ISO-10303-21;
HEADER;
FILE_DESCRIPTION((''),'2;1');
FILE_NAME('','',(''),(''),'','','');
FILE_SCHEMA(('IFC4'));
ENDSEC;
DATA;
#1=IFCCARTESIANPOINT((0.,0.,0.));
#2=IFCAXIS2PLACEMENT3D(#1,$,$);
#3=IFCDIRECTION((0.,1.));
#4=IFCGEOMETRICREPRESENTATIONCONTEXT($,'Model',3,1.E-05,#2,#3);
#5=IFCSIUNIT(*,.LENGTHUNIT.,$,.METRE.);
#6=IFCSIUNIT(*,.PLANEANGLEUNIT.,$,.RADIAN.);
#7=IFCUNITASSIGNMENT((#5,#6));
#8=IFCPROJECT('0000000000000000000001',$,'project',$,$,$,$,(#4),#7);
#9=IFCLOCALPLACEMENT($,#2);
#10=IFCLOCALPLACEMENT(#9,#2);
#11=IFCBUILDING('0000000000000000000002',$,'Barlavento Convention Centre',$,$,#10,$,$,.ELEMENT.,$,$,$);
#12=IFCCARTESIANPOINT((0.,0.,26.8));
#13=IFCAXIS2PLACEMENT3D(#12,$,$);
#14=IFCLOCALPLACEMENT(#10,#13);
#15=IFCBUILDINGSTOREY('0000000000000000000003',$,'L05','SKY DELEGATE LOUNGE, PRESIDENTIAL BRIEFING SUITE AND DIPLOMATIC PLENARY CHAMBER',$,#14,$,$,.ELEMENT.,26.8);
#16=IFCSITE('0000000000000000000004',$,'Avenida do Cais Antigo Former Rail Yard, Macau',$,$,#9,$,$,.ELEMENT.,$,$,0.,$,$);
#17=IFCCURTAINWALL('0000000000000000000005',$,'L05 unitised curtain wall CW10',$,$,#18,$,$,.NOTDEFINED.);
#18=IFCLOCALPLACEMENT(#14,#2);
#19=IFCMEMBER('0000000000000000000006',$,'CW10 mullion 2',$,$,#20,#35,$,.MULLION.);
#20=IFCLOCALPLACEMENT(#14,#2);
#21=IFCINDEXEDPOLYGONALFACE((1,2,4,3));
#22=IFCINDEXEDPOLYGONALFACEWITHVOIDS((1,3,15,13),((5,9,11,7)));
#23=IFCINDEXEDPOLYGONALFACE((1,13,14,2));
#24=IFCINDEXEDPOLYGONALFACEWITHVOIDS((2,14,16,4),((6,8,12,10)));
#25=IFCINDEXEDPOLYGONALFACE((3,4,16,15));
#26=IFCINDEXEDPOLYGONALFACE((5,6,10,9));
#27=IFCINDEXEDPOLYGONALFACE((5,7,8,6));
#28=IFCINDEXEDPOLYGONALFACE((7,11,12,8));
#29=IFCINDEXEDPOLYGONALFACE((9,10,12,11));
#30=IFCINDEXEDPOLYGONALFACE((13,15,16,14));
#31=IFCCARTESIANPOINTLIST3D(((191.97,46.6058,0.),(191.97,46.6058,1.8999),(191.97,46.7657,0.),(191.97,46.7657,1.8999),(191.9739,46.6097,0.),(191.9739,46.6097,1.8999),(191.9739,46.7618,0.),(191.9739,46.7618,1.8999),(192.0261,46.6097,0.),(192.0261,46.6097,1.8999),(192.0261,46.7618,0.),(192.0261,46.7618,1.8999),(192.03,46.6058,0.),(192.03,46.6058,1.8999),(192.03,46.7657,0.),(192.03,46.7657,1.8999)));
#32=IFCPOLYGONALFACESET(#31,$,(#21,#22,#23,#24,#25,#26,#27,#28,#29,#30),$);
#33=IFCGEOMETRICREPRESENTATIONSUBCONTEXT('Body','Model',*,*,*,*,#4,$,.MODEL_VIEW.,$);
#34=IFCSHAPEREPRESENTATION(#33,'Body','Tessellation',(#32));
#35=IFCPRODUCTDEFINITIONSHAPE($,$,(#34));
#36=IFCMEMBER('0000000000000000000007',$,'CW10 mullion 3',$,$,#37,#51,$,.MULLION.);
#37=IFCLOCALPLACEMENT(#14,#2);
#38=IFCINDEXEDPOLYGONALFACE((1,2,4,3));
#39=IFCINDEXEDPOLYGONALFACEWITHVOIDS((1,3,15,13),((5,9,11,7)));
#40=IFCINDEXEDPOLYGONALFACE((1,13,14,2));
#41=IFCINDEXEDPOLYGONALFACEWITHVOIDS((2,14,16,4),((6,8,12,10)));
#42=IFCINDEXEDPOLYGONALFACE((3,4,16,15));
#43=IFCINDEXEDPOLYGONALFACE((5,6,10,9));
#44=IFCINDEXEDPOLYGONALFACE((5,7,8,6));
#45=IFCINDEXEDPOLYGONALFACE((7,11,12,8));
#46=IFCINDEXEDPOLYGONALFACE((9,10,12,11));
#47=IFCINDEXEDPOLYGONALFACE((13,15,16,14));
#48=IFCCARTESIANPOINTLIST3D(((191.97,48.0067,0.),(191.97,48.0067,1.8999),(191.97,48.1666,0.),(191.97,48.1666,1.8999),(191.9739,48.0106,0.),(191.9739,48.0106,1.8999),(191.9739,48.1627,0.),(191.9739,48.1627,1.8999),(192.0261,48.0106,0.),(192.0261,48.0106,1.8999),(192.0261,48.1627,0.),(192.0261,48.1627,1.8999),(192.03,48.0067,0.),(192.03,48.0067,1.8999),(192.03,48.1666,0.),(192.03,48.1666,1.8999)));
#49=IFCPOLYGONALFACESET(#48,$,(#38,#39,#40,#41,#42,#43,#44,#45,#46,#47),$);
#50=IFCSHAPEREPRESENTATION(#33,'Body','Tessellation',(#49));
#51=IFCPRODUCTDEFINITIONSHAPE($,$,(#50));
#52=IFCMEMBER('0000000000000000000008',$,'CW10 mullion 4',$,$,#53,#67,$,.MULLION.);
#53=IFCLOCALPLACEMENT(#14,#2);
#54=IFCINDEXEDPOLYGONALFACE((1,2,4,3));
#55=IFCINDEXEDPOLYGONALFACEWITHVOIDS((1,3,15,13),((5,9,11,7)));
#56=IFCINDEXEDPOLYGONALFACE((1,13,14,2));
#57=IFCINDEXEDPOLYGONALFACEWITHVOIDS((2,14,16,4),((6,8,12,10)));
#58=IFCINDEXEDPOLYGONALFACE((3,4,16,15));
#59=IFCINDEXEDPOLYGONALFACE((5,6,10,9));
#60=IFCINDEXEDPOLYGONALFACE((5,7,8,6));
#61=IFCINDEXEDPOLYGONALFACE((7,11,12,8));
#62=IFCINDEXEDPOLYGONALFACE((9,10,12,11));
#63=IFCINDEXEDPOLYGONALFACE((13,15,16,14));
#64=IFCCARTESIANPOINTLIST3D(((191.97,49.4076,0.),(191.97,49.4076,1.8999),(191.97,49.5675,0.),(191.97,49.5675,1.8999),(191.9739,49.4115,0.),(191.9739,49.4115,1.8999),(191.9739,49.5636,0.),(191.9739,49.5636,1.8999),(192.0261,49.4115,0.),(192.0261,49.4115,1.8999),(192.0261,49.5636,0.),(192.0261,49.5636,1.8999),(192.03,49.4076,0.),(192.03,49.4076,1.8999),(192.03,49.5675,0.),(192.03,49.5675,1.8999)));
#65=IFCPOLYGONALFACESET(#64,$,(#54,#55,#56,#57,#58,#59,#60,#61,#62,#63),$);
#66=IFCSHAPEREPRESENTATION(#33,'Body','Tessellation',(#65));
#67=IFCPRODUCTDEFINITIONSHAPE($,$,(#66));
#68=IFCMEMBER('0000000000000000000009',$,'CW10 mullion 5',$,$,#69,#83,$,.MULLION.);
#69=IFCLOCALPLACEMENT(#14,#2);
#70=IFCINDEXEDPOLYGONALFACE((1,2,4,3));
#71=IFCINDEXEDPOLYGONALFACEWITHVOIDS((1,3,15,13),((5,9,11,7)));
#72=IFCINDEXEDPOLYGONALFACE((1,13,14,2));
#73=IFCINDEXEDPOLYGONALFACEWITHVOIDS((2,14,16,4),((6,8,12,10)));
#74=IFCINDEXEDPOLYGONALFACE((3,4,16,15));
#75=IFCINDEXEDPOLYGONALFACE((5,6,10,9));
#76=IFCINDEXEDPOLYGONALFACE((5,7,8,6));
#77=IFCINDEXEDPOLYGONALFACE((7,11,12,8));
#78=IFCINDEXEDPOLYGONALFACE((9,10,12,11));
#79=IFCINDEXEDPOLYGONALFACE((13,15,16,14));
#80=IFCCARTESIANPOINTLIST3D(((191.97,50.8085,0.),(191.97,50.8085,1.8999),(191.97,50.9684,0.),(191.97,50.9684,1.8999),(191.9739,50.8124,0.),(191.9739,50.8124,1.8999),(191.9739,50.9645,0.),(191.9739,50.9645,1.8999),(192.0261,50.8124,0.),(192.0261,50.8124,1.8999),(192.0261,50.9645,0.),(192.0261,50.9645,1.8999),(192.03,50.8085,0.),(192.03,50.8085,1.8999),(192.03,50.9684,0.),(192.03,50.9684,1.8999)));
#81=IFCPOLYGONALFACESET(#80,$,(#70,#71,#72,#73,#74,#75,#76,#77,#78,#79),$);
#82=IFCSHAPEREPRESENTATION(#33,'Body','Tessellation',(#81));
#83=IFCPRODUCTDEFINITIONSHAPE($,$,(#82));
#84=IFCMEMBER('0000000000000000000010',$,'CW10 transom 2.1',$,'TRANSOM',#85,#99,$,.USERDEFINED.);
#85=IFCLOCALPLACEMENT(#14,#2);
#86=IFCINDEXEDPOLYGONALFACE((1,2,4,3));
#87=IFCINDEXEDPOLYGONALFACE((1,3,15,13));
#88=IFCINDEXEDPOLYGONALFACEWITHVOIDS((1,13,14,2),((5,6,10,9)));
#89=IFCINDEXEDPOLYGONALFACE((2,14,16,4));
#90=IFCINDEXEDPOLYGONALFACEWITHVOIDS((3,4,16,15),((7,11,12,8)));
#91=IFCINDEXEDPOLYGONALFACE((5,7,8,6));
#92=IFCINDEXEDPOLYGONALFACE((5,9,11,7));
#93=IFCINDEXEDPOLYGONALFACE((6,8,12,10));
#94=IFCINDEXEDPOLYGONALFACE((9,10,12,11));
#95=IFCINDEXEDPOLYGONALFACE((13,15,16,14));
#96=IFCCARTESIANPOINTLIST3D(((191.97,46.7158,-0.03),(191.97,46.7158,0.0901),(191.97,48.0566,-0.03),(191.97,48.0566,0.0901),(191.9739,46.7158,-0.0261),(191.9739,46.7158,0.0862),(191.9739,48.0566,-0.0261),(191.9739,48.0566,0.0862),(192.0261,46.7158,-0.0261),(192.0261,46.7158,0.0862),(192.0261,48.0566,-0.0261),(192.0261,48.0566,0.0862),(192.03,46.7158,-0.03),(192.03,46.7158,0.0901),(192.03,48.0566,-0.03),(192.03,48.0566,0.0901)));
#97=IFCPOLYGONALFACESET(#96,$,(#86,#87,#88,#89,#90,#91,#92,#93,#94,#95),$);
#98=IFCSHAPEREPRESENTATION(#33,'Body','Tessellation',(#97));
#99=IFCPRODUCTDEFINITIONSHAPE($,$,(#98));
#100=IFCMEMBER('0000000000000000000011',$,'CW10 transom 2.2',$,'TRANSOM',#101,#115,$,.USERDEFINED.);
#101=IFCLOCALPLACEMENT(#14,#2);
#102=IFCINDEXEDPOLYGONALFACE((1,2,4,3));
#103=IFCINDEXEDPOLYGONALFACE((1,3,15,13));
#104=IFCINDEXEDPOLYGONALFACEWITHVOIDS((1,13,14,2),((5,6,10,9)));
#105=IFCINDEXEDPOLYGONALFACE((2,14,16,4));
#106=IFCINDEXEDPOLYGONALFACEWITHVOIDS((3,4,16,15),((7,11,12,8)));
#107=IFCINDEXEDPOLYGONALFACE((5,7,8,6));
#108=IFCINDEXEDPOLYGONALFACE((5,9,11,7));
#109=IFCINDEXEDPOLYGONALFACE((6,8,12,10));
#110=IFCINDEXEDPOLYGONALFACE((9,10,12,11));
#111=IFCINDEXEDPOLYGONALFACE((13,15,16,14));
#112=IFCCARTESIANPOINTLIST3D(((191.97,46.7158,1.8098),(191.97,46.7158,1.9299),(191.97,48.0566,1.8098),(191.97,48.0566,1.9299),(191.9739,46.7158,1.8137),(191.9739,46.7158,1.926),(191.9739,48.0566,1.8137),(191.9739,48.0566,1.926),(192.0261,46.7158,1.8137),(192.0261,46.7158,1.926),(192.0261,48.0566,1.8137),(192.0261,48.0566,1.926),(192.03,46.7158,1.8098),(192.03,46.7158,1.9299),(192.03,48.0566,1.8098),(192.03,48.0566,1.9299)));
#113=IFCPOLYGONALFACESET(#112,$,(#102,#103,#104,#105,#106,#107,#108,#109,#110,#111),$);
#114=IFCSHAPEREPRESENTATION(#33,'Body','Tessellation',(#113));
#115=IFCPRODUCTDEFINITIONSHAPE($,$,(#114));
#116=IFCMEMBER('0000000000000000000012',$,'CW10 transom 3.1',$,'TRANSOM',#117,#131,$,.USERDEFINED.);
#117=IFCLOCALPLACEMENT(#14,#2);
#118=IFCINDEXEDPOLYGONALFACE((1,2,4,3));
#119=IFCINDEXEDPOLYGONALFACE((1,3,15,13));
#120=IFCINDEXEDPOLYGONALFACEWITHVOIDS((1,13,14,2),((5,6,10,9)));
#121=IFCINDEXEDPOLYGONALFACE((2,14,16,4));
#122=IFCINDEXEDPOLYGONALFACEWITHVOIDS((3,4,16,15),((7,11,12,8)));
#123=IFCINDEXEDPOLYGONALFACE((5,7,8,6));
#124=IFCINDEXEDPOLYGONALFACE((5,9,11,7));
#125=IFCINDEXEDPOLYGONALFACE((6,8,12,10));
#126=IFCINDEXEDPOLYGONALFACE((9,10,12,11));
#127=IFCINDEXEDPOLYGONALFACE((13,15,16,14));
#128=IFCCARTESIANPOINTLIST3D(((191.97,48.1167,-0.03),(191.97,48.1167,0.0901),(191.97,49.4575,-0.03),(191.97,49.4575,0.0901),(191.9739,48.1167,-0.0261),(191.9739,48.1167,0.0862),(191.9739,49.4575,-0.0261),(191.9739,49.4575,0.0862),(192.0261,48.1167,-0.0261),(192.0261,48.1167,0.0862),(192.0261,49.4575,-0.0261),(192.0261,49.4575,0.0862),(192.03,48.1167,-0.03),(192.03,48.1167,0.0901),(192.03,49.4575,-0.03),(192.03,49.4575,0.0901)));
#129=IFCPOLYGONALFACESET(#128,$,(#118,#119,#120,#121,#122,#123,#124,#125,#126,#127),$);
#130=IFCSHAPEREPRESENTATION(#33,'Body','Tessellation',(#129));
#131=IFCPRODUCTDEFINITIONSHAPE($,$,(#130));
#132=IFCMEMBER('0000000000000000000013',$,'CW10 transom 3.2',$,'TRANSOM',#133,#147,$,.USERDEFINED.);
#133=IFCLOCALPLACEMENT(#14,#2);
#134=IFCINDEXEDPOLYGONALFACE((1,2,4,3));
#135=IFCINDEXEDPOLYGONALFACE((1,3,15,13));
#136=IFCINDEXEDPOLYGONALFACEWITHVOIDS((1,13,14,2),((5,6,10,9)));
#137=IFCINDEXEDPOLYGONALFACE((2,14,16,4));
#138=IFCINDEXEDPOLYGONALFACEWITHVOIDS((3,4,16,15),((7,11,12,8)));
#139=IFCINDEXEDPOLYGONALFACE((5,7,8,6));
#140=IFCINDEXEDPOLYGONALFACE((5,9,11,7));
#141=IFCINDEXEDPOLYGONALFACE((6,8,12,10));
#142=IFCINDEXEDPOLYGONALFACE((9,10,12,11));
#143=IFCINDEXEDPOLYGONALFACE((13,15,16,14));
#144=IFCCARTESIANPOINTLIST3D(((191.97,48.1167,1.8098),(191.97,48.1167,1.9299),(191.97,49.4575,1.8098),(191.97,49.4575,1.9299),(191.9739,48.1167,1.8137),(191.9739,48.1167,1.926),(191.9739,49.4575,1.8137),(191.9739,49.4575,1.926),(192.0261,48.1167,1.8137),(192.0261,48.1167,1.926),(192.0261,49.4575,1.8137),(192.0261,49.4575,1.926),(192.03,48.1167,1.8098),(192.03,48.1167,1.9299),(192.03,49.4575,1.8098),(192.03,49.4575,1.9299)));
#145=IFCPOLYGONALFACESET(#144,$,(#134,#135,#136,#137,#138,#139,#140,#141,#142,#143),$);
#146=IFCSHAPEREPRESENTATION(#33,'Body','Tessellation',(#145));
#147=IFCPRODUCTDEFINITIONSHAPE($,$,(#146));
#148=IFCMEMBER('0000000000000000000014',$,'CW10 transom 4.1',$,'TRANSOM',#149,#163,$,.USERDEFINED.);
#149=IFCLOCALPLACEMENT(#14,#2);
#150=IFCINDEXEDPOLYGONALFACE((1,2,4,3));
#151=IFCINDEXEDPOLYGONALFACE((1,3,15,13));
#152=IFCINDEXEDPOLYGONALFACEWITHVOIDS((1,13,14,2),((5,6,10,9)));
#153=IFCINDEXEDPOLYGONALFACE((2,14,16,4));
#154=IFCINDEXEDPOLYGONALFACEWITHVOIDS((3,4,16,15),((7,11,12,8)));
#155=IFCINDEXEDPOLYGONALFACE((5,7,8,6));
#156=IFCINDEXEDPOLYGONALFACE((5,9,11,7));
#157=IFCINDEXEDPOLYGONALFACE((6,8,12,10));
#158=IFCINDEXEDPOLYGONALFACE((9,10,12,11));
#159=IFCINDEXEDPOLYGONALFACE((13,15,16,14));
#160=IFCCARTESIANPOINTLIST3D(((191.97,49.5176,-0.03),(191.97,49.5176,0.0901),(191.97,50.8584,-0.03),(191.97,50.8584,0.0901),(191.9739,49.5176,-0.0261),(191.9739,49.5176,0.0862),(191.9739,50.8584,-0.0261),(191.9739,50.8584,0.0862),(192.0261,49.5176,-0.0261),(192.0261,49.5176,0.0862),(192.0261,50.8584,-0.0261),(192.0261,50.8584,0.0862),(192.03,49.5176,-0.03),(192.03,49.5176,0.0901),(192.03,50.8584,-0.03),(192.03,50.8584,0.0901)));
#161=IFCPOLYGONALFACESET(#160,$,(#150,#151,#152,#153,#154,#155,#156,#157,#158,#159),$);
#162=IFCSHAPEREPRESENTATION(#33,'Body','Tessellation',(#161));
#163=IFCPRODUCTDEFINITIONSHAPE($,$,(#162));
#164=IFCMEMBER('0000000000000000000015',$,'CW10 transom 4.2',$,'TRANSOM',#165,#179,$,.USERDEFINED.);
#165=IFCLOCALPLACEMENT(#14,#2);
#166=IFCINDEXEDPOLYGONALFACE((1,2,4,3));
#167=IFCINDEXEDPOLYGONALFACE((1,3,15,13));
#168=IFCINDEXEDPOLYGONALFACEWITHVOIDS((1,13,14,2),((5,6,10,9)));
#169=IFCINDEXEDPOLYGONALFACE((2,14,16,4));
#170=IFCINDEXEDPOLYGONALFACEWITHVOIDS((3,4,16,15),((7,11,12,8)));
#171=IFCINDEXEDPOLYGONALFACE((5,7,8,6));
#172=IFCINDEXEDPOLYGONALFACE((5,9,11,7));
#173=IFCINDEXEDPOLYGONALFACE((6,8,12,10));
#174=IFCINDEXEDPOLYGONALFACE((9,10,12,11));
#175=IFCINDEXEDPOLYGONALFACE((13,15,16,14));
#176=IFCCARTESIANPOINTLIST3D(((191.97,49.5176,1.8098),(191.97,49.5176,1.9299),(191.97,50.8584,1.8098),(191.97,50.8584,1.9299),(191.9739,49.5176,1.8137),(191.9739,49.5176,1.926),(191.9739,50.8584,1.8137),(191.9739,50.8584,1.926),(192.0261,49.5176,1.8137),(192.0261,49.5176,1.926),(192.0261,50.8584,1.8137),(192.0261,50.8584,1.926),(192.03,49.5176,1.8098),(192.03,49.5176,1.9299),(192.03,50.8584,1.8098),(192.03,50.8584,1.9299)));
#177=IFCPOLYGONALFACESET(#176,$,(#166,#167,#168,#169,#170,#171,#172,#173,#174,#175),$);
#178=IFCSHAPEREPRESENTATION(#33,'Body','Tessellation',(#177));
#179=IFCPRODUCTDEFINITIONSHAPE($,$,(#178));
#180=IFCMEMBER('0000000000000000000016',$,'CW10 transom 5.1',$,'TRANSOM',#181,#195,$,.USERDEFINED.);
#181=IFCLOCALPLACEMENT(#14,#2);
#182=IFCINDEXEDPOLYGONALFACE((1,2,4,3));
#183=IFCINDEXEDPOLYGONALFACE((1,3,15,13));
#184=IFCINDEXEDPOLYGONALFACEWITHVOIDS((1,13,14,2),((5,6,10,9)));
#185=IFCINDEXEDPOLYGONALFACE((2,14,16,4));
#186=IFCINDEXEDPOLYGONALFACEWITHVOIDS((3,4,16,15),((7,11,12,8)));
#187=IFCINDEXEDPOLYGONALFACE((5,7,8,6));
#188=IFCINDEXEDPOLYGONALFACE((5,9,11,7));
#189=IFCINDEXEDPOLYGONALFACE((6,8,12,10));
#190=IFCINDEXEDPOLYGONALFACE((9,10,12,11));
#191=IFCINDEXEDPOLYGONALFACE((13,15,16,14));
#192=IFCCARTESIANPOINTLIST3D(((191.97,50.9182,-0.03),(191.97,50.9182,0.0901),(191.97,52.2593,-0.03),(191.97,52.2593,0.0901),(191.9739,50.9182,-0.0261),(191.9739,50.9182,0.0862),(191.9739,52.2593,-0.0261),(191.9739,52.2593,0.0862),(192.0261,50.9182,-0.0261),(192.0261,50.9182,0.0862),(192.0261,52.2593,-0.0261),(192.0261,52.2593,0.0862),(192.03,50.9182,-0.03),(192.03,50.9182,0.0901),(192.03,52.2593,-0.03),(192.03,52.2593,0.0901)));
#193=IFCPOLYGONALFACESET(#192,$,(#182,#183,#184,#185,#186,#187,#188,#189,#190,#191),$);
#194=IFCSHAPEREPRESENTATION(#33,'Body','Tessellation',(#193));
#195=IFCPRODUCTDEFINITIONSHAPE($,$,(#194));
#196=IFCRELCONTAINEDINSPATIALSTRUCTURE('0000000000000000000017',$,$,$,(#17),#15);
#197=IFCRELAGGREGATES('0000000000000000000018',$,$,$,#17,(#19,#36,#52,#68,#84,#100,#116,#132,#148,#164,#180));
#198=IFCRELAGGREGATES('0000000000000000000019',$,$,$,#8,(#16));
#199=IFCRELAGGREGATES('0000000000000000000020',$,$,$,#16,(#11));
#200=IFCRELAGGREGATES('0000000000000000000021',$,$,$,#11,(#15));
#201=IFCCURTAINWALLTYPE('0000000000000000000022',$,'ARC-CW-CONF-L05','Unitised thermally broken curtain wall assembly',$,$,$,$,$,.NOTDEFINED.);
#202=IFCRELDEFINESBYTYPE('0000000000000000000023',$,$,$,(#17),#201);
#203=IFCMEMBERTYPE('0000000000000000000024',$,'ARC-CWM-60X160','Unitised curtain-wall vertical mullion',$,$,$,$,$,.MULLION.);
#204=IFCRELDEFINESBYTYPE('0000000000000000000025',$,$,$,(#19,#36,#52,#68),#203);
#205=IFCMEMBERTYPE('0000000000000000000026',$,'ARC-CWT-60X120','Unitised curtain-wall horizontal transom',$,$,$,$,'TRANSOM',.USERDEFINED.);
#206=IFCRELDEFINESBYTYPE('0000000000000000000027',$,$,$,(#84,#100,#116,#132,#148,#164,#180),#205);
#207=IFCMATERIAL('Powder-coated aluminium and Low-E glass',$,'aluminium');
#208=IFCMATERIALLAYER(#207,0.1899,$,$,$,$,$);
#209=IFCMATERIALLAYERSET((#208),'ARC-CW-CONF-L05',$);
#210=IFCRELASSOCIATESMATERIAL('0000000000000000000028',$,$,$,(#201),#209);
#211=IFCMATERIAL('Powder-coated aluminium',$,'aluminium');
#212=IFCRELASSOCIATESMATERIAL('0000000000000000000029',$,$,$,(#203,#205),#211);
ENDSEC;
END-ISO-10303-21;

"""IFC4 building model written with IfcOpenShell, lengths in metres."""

from ifc_helpers import new_model, si_unit, direction, frame, origin, origin_2d, place, context, subcontext, project, spatial, hollow_rectangle, extrude, material, layer, layer_set, material_profile, profile_set, type_object, element, aggregate, save


model = new_model("IFC4")

# Units and contexts
model_context = context("Model", 3, precision=1e-05, world=origin(), true_north=direction((0.0, 1.0)))
body_context = subcontext(model_context, "Body", "Model", "MODEL_VIEW")
ifc_project = project(units=[si_unit("LENGTHUNIT", "METRE"), si_unit("PLANEANGLEUNIT", "RADIAN")], contexts=[model_context])

# Site, building, storey
site_placement = place(None, origin())
site = spatial("IfcSite", under=ifc_project, at=site_placement, Name="Avenida do Cais Antigo Former Rail Yard, Macau", CompositionType="ELEMENT", RefElevation=0.0)
building_placement = place(site_placement, origin())
building = spatial("IfcBuilding", under=site, at=building_placement, Name="Barlavento Convention Centre", CompositionType="ELEMENT")
storey_placement = place(building_placement, frame((0.0, 0.0, 26.8)))
storey = spatial("IfcBuildingStorey", under=building, at=storey_placement, Name="L05", Description="SKY DELEGATE LOUNGE, PRESIDENTIAL BRIEFING SUITE AND DIPLOMATIC PLENARY CHAMBER", CompositionType="ELEMENT", Elevation=26.8)

# Curtain wall, members
ifc_material_1 = material(Name="Powder-coated aluminium and Low-E glass", Category="aluminium")
ifc_layer_1 = layer(ifc_material_1, 0.1899)
ifc_layer_set_1 = layer_set([ifc_layer_1], Name="ARC-CW-CONF-L05")
curtain_wall_type = type_object("IfcCurtainWallType", Name="ARC-CW-CONF-L05", Description="Unitised thermally broken curtain wall assembly", PredefinedType="NOTDEFINED", material=ifc_layer_set_1)
curtain_wall_placement = place(storey_placement, origin())
curtain_wall = element("IfcCurtainWall", 1, at=curtain_wall_placement, inside=storey, type_object=curtain_wall_type, Name="L05 unitised curtain wall CW10", PredefinedType="NOTDEFINED")
ifc_material_2 = material(Name="Powder-coated aluminium", Category="aluminium")
ifc_material_profile_1 = material_profile(ifc_material_2, hollow_rectangle(XDim=0.0601, YDim=0.1599, WallThickness=0.0039, at=origin_2d()), Name="AL-MULL 60x160x4")
ifc_profile_set_1 = profile_set([ifc_material_profile_1], Name="Powder-coated aluminium")
member_type_1 = type_object("IfcMemberType", Name="ARC-CWM-60X160", Description="Unitised curtain-wall vertical mullion", PredefinedType="MULLION", material=ifc_profile_set_1)
member_1_placement = place(storey_placement, frame((192.0, 46.6858, 0.0), z_axis=(0.0, 0.0, 1.0), x_axis=(-1.0, 0.0, 0.0)))
member_1 = element("IfcMember", 2, at=member_1_placement, type_object=member_type_1, Name="CW10 mullion 2", PredefinedType="MULLION", context=body_context, shape_type="SweptSolid", body=[
    extrude(hollow_rectangle(XDim=0.0601, YDim=0.1599, WallThickness=0.0039, at=origin_2d()), origin(), (0.0, 0.0, 1.0), 1.8999),
])
member_2_placement = place(storey_placement, frame((192.0, 48.0867, 0.0), z_axis=(0.0, 0.0, 1.0), x_axis=(-1.0, 0.0, 0.0)))
member_2 = element("IfcMember", 3, at=member_2_placement, type_object=member_type_1, Name="CW10 mullion 3", PredefinedType="MULLION", context=body_context, shape_type="SweptSolid", body=[
    extrude(hollow_rectangle(XDim=0.0601, YDim=0.1599, WallThickness=0.0039, at=origin_2d()), origin(), (0.0, 0.0, 1.0), 1.8999),
])
member_3_placement = place(storey_placement, frame((192.0, 49.4875, 0.0), z_axis=(0.0, 0.0, 1.0), x_axis=(-1.0, 0.0, 0.0)))
member_3 = element("IfcMember", 4, at=member_3_placement, type_object=member_type_1, Name="CW10 mullion 4", PredefinedType="MULLION", context=body_context, shape_type="SweptSolid", body=[
    extrude(hollow_rectangle(XDim=0.0601, YDim=0.1599, WallThickness=0.0039, at=origin_2d()), origin(), (0.0, 0.0, 1.0), 1.8999),
])
member_4_placement = place(storey_placement, frame((192.0, 50.8884, 0.0), z_axis=(0.0, 0.0, 1.0), x_axis=(-1.0, 0.0, 0.0)))
member_4 = element("IfcMember", 5, at=member_4_placement, type_object=member_type_1, Name="CW10 mullion 5", PredefinedType="MULLION", context=body_context, shape_type="SweptSolid", body=[
    extrude(hollow_rectangle(XDim=0.0601, YDim=0.1599, WallThickness=0.0039, at=origin_2d()), origin(), (0.0, 0.0, 1.0), 1.8999),
])
ifc_material_profile_2 = material_profile(ifc_material_2, hollow_rectangle(XDim=0.0601, YDim=0.1201, WallThickness=0.0039, at=origin_2d()), Name="AL-TRAN 60x120x4")
ifc_profile_set_2 = profile_set([ifc_material_profile_2], Name="Powder-coated aluminium")
member_type_2 = type_object("IfcMemberType", Name="ARC-CWT-60X120", Description="Unitised curtain-wall horizontal transom", ElementType="TRANSOM", PredefinedType="USERDEFINED", material=ifc_profile_set_2)
member_5_placement = place(storey_placement, frame((192.0, 46.7158, 0.03), z_axis=(0.0, 1.0, 0.0), x_axis=(-1.0, 0.0, 0.0)))
member_5 = element("IfcMember", 6, at=member_5_placement, type_object=member_type_2, Name="CW10 transom 2.1", ObjectType="TRANSOM", PredefinedType="USERDEFINED", context=body_context, shape_type="SweptSolid", body=[
    extrude(hollow_rectangle(XDim=0.0601, YDim=0.1201, WallThickness=0.0039, at=origin_2d()), origin(), (0.0, 0.0, 1.0), 1.3408),
])
member_6_placement = place(storey_placement, frame((192.0, 46.7158, 1.8699), z_axis=(0.0, 1.0, 0.0), x_axis=(-1.0, 0.0, 0.0)))
member_6 = element("IfcMember", 7, at=member_6_placement, type_object=member_type_2, Name="CW10 transom 2.2", ObjectType="TRANSOM", PredefinedType="USERDEFINED", context=body_context, shape_type="SweptSolid", body=[
    extrude(hollow_rectangle(XDim=0.0601, YDim=0.1201, WallThickness=0.0039, at=origin_2d()), origin(), (0.0, 0.0, 1.0), 1.3408),
])
member_7_placement = place(storey_placement, frame((192.0, 48.1167, 0.03), z_axis=(0.0, 1.0, 0.0), x_axis=(-1.0, 0.0, 0.0)))
member_7 = element("IfcMember", 8, at=member_7_placement, type_object=member_type_2, Name="CW10 transom 3.1", ObjectType="TRANSOM", PredefinedType="USERDEFINED", context=body_context, shape_type="SweptSolid", body=[
    extrude(hollow_rectangle(XDim=0.0601, YDim=0.1201, WallThickness=0.0039, at=origin_2d()), origin(), (0.0, 0.0, 1.0), 1.3408),
])
member_8_placement = place(storey_placement, frame((192.0, 48.1167, 1.8699), z_axis=(0.0, 1.0, 0.0), x_axis=(-1.0, 0.0, 0.0)))
member_8 = element("IfcMember", 9, at=member_8_placement, type_object=member_type_2, Name="CW10 transom 3.2", ObjectType="TRANSOM", PredefinedType="USERDEFINED", context=body_context, shape_type="SweptSolid", body=[
    extrude(hollow_rectangle(XDim=0.0601, YDim=0.1201, WallThickness=0.0039, at=origin_2d()), origin(), (0.0, 0.0, 1.0), 1.3408),
])
member_9_placement = place(storey_placement, frame((192.0, 49.5176, 0.03), z_axis=(0.0, 1.0, 0.0), x_axis=(-1.0, 0.0, 0.0)))
member_9 = element("IfcMember", 10, at=member_9_placement, type_object=member_type_2, Name="CW10 transom 4.1", ObjectType="TRANSOM", PredefinedType="USERDEFINED", context=body_context, shape_type="SweptSolid", body=[
    extrude(hollow_rectangle(XDim=0.0601, YDim=0.1201, WallThickness=0.0039, at=origin_2d()), origin(), (0.0, 0.0, 1.0), 1.3408),
])
member_10_placement = place(storey_placement, frame((192.0, 49.5176, 1.8699), z_axis=(0.0, 1.0, 0.0), x_axis=(-1.0, 0.0, 0.0)))
member_10 = element("IfcMember", 11, at=member_10_placement, type_object=member_type_2, Name="CW10 transom 4.2", ObjectType="TRANSOM", PredefinedType="USERDEFINED", context=body_context, shape_type="SweptSolid", body=[
    extrude(hollow_rectangle(XDim=0.0601, YDim=0.1201, WallThickness=0.0039, at=origin_2d()), origin(), (0.0, 0.0, 1.0), 1.3408),
])
member_11_placement = place(storey_placement, frame((192.0, 50.9182, 0.03), z_axis=(0.0, 1.0, 0.0), x_axis=(-1.0, 0.0, 0.0)))
member_11 = element("IfcMember", 12, at=member_11_placement, type_object=member_type_2, Name="CW10 transom 5.1", ObjectType="TRANSOM", PredefinedType="USERDEFINED", context=body_context, shape_type="SweptSolid", body=[
    extrude(hollow_rectangle(XDim=0.0601, YDim=0.1201, WallThickness=0.0039, at=origin_2d()), origin(), (0.0, 0.0, 1.0), 1.3411),
])
aggregate(curtain_wall, [member_1, member_2, member_3, member_4, member_5, member_6, member_7, member_8, member_9, member_10, member_11])

save(model, "model.ifc")
